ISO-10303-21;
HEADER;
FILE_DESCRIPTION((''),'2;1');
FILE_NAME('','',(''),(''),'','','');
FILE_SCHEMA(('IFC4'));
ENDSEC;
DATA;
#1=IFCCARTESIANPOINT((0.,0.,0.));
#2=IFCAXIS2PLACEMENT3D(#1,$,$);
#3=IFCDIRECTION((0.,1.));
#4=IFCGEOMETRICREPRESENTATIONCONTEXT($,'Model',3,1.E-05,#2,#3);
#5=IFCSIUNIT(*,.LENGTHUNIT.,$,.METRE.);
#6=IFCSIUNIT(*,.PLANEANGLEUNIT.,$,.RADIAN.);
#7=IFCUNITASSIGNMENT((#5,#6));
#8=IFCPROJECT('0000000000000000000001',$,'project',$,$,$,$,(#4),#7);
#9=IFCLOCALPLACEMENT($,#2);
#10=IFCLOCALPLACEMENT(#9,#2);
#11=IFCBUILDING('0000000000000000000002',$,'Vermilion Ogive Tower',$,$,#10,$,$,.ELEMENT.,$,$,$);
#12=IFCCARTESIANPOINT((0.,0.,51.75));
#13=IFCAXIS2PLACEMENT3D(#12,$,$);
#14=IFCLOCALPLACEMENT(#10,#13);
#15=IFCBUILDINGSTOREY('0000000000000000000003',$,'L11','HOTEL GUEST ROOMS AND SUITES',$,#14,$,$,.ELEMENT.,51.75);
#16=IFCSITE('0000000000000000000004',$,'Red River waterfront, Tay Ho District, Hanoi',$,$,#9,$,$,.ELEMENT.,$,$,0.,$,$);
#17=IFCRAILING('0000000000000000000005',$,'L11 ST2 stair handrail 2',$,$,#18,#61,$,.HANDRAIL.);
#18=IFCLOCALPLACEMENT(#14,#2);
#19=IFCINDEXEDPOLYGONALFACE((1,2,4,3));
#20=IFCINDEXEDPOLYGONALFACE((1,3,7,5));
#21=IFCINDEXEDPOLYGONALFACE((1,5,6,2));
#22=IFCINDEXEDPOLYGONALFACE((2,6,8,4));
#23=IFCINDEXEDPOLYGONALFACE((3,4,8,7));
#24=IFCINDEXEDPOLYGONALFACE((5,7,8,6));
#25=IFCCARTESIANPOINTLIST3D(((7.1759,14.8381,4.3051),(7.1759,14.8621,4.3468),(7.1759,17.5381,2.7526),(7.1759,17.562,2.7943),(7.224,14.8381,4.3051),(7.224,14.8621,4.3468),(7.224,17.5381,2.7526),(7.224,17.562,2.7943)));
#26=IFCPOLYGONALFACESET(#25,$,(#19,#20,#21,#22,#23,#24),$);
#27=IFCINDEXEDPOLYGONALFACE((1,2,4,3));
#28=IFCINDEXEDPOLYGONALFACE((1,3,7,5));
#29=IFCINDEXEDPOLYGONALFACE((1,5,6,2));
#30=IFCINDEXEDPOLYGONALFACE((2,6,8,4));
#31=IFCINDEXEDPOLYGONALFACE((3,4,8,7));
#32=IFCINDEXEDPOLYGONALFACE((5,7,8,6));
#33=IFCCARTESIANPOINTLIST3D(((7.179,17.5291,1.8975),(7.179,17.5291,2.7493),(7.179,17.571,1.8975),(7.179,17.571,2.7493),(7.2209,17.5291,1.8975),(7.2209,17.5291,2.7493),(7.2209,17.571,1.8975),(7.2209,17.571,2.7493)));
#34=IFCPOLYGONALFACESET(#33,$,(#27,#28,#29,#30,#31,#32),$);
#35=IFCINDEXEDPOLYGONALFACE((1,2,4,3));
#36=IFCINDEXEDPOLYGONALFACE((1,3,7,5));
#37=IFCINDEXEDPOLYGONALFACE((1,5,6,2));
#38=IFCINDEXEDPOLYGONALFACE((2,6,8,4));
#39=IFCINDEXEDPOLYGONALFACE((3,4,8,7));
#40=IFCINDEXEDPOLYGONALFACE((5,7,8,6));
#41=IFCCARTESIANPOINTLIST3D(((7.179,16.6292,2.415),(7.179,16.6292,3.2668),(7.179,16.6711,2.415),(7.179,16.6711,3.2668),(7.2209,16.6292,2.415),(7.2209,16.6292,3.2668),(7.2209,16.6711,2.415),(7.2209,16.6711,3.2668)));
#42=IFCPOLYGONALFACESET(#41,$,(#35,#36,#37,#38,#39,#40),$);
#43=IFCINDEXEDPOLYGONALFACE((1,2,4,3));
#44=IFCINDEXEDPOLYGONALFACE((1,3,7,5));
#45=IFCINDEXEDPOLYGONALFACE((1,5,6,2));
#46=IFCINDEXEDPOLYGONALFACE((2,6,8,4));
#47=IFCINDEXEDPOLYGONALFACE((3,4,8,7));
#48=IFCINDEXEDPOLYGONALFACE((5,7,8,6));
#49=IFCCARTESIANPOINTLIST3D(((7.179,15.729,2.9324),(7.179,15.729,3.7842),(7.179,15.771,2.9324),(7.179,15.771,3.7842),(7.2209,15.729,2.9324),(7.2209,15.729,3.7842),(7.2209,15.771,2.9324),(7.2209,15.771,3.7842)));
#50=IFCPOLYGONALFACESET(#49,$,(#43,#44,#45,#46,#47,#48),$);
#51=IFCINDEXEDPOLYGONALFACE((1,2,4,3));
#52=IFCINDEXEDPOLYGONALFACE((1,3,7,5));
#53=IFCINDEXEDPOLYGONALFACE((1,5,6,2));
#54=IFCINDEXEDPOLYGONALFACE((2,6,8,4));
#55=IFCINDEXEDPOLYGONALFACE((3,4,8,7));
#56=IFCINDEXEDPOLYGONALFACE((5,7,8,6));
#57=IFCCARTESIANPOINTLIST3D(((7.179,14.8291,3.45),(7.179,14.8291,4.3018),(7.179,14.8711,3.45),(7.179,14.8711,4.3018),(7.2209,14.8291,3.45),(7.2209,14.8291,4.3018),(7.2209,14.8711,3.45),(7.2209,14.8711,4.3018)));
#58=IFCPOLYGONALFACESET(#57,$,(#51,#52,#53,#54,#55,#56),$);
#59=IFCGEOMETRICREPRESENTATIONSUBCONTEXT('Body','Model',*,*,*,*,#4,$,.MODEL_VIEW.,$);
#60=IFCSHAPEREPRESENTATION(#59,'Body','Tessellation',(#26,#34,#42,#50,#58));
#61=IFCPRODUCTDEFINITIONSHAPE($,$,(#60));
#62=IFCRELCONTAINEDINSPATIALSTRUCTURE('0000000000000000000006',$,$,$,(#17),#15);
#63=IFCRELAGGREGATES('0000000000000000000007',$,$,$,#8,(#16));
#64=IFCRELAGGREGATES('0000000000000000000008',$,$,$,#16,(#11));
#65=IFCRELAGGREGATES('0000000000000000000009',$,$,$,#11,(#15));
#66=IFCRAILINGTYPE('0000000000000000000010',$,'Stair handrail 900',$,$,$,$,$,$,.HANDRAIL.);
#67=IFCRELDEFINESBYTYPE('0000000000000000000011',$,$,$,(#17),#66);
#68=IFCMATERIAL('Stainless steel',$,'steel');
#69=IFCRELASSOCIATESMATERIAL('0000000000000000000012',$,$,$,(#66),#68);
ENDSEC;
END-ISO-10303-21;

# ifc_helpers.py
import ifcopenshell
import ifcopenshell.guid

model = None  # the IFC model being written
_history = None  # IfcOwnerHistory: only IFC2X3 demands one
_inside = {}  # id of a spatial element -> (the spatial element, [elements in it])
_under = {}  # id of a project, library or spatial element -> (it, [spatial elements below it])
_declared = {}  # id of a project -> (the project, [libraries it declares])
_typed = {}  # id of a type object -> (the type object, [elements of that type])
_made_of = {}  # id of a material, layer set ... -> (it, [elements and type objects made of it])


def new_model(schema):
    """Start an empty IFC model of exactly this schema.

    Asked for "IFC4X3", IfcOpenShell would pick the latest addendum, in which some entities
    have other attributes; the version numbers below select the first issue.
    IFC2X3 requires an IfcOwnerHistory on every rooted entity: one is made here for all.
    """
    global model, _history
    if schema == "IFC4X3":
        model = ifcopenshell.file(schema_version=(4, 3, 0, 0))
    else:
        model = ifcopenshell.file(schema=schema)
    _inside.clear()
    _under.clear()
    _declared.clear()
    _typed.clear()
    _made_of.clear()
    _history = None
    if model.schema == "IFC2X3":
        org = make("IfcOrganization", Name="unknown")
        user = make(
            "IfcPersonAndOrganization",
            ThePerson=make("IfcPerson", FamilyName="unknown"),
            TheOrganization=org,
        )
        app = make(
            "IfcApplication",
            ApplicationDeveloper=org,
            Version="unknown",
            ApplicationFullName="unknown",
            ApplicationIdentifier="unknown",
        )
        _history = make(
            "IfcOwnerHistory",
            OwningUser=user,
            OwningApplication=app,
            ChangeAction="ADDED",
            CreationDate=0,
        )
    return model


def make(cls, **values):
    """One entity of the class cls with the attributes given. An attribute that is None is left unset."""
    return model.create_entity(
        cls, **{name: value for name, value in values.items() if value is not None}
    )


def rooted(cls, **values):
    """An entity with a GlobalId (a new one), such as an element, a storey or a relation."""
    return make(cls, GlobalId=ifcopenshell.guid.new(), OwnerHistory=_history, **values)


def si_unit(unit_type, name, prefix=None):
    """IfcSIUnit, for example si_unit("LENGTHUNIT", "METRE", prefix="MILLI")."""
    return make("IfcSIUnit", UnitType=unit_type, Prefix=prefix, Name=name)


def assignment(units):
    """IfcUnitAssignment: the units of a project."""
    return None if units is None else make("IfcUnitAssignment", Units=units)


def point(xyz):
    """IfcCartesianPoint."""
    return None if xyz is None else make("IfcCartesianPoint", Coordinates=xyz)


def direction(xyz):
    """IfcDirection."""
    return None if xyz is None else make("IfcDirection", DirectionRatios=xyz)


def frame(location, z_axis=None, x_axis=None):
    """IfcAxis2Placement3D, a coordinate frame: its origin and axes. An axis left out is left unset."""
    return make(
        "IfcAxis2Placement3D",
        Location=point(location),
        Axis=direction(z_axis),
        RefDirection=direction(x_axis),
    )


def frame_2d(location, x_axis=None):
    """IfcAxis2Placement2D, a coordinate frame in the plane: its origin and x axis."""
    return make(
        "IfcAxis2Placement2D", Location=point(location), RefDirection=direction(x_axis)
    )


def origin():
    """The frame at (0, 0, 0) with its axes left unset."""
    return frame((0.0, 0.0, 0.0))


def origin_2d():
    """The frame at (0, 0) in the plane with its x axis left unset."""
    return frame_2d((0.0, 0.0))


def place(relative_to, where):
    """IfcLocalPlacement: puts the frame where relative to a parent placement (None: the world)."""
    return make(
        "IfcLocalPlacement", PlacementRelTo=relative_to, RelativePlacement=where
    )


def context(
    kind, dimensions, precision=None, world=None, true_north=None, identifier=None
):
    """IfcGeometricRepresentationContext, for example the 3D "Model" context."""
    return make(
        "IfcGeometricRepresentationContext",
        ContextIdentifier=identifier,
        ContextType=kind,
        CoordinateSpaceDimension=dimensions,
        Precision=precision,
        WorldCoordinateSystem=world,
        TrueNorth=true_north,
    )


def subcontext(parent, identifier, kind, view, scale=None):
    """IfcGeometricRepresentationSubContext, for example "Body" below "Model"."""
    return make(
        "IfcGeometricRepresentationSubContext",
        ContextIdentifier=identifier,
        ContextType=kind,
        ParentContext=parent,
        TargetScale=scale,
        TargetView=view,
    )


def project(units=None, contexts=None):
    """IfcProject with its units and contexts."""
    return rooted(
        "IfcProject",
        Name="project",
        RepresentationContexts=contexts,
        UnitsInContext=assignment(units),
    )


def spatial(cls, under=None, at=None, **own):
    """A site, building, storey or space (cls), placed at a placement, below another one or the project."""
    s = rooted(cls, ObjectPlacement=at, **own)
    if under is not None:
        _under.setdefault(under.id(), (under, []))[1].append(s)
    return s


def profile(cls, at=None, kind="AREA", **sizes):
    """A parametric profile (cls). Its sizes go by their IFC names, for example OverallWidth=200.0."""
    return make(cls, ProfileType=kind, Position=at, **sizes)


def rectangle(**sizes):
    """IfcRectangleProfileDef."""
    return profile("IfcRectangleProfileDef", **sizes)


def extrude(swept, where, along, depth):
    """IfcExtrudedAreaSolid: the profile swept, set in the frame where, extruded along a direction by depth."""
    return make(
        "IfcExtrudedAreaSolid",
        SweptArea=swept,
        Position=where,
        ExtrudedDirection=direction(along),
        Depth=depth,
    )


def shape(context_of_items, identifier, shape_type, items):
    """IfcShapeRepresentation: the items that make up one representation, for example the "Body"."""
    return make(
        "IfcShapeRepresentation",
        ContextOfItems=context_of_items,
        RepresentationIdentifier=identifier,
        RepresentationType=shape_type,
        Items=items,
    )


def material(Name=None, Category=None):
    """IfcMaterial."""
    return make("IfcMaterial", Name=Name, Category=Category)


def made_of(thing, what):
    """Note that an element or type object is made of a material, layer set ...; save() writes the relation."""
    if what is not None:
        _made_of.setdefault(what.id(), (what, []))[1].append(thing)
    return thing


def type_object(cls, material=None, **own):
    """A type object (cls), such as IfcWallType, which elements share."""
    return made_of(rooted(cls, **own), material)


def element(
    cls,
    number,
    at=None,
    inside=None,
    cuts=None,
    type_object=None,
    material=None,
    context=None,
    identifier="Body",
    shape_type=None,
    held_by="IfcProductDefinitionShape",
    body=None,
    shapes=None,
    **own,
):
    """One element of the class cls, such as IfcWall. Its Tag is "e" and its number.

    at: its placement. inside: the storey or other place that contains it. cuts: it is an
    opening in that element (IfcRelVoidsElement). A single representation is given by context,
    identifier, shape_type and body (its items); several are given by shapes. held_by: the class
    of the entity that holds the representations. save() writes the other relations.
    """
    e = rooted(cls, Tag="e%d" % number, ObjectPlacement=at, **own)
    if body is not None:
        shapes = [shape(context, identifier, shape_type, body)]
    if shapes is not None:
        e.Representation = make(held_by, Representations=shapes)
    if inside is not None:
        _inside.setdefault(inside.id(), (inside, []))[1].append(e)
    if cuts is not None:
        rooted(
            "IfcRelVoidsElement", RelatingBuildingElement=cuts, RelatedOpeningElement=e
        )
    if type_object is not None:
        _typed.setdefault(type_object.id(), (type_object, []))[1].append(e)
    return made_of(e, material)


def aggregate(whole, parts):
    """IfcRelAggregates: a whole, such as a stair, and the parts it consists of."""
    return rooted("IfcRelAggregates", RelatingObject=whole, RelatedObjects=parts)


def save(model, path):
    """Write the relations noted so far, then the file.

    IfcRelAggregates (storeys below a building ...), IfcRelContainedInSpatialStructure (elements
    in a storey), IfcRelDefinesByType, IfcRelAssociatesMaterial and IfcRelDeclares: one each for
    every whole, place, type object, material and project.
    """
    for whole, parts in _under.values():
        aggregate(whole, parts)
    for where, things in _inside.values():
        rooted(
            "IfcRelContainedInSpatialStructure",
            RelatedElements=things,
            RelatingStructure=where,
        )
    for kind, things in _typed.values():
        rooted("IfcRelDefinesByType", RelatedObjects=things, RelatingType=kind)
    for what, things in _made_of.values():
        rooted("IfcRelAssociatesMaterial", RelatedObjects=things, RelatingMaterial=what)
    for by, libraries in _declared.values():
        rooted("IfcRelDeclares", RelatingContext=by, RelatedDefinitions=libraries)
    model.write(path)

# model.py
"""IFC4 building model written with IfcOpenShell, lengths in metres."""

from ifc_helpers import new_model, si_unit, direction, frame, origin, origin_2d, place, context, subcontext, project, spatial, rectangle, extrude, material, type_object, element, save


model = new_model("IFC4")

# Units and contexts
model_context = context("Model", 3, precision=1e-05, world=origin(), true_north=direction((0.0, 1.0)))
body_context = subcontext(model_context, "Body", "Model", "MODEL_VIEW")
ifc_project = project(units=[si_unit("LENGTHUNIT", "METRE"), si_unit("PLANEANGLEUNIT", "RADIAN")], contexts=[model_context])

# Site, building, storey
site_placement = place(None, origin())
site = spatial("IfcSite", under=ifc_project, at=site_placement, Name="Red River waterfront, Tay Ho District, Hanoi", CompositionType="ELEMENT", RefElevation=0.0)
building_placement = place(site_placement, origin())
building = spatial("IfcBuilding", under=site, at=building_placement, Name="Vermilion Ogive Tower", CompositionType="ELEMENT")
storey_placement = place(building_placement, frame((0.0, 0.0, 51.75)))
storey = spatial("IfcBuildingStorey", under=building, at=storey_placement, Name="L11", Description="HOTEL GUEST ROOMS AND SUITES", CompositionType="ELEMENT", Elevation=51.75)

# Railing
ifc_material_1 = material(Name="Stainless steel", Category="steel")
railing_type_1 = type_object("IfcRailingType", Name="Stair handrail 900", PredefinedType="HANDRAIL", material=ifc_material_1)
railing_1_placement = place(storey_placement, frame((7.2, 17.55, 1.8975)))
element("IfcRailing", 1, at=railing_1_placement, inside=storey, type_object=railing_type_1, Name="L11 ST2 stair handrail 2", PredefinedType="HANDRAIL", context=body_context, shape_type="SweptSolid", body=[
    extrude(rectangle(XDim=0.0481, YDim=0.0481, at=origin_2d()), frame((0.0, 0.0, 0.876), z_axis=(0.0, -0.866904, 0.498476), x_axis=(1.0, 0.0, 0.0)), (0.0, 0.0, 1.0), 3.1145),
    extrude(rectangle(XDim=0.042, YDim=0.042, at=origin_2d()), origin(), (0.0, 0.0, 1.0), 0.8518),
    extrude(rectangle(XDim=0.042, YDim=0.042, at=origin_2d()), frame((0.0, -0.8999, 0.5176)), (0.0, 0.0, 1.0), 0.8518),
    extrude(rectangle(XDim=0.042, YDim=0.042, at=origin_2d()), frame((0.0, -1.8, 1.0349)), (0.0, 0.0, 1.0), 0.8518),
    extrude(rectangle(XDim=0.042, YDim=0.042, at=origin_2d()), frame((0.0, -2.7, 1.5525)), (0.0, 0.0, 1.0), 0.8518),
])

save(model, "model.ifc")
